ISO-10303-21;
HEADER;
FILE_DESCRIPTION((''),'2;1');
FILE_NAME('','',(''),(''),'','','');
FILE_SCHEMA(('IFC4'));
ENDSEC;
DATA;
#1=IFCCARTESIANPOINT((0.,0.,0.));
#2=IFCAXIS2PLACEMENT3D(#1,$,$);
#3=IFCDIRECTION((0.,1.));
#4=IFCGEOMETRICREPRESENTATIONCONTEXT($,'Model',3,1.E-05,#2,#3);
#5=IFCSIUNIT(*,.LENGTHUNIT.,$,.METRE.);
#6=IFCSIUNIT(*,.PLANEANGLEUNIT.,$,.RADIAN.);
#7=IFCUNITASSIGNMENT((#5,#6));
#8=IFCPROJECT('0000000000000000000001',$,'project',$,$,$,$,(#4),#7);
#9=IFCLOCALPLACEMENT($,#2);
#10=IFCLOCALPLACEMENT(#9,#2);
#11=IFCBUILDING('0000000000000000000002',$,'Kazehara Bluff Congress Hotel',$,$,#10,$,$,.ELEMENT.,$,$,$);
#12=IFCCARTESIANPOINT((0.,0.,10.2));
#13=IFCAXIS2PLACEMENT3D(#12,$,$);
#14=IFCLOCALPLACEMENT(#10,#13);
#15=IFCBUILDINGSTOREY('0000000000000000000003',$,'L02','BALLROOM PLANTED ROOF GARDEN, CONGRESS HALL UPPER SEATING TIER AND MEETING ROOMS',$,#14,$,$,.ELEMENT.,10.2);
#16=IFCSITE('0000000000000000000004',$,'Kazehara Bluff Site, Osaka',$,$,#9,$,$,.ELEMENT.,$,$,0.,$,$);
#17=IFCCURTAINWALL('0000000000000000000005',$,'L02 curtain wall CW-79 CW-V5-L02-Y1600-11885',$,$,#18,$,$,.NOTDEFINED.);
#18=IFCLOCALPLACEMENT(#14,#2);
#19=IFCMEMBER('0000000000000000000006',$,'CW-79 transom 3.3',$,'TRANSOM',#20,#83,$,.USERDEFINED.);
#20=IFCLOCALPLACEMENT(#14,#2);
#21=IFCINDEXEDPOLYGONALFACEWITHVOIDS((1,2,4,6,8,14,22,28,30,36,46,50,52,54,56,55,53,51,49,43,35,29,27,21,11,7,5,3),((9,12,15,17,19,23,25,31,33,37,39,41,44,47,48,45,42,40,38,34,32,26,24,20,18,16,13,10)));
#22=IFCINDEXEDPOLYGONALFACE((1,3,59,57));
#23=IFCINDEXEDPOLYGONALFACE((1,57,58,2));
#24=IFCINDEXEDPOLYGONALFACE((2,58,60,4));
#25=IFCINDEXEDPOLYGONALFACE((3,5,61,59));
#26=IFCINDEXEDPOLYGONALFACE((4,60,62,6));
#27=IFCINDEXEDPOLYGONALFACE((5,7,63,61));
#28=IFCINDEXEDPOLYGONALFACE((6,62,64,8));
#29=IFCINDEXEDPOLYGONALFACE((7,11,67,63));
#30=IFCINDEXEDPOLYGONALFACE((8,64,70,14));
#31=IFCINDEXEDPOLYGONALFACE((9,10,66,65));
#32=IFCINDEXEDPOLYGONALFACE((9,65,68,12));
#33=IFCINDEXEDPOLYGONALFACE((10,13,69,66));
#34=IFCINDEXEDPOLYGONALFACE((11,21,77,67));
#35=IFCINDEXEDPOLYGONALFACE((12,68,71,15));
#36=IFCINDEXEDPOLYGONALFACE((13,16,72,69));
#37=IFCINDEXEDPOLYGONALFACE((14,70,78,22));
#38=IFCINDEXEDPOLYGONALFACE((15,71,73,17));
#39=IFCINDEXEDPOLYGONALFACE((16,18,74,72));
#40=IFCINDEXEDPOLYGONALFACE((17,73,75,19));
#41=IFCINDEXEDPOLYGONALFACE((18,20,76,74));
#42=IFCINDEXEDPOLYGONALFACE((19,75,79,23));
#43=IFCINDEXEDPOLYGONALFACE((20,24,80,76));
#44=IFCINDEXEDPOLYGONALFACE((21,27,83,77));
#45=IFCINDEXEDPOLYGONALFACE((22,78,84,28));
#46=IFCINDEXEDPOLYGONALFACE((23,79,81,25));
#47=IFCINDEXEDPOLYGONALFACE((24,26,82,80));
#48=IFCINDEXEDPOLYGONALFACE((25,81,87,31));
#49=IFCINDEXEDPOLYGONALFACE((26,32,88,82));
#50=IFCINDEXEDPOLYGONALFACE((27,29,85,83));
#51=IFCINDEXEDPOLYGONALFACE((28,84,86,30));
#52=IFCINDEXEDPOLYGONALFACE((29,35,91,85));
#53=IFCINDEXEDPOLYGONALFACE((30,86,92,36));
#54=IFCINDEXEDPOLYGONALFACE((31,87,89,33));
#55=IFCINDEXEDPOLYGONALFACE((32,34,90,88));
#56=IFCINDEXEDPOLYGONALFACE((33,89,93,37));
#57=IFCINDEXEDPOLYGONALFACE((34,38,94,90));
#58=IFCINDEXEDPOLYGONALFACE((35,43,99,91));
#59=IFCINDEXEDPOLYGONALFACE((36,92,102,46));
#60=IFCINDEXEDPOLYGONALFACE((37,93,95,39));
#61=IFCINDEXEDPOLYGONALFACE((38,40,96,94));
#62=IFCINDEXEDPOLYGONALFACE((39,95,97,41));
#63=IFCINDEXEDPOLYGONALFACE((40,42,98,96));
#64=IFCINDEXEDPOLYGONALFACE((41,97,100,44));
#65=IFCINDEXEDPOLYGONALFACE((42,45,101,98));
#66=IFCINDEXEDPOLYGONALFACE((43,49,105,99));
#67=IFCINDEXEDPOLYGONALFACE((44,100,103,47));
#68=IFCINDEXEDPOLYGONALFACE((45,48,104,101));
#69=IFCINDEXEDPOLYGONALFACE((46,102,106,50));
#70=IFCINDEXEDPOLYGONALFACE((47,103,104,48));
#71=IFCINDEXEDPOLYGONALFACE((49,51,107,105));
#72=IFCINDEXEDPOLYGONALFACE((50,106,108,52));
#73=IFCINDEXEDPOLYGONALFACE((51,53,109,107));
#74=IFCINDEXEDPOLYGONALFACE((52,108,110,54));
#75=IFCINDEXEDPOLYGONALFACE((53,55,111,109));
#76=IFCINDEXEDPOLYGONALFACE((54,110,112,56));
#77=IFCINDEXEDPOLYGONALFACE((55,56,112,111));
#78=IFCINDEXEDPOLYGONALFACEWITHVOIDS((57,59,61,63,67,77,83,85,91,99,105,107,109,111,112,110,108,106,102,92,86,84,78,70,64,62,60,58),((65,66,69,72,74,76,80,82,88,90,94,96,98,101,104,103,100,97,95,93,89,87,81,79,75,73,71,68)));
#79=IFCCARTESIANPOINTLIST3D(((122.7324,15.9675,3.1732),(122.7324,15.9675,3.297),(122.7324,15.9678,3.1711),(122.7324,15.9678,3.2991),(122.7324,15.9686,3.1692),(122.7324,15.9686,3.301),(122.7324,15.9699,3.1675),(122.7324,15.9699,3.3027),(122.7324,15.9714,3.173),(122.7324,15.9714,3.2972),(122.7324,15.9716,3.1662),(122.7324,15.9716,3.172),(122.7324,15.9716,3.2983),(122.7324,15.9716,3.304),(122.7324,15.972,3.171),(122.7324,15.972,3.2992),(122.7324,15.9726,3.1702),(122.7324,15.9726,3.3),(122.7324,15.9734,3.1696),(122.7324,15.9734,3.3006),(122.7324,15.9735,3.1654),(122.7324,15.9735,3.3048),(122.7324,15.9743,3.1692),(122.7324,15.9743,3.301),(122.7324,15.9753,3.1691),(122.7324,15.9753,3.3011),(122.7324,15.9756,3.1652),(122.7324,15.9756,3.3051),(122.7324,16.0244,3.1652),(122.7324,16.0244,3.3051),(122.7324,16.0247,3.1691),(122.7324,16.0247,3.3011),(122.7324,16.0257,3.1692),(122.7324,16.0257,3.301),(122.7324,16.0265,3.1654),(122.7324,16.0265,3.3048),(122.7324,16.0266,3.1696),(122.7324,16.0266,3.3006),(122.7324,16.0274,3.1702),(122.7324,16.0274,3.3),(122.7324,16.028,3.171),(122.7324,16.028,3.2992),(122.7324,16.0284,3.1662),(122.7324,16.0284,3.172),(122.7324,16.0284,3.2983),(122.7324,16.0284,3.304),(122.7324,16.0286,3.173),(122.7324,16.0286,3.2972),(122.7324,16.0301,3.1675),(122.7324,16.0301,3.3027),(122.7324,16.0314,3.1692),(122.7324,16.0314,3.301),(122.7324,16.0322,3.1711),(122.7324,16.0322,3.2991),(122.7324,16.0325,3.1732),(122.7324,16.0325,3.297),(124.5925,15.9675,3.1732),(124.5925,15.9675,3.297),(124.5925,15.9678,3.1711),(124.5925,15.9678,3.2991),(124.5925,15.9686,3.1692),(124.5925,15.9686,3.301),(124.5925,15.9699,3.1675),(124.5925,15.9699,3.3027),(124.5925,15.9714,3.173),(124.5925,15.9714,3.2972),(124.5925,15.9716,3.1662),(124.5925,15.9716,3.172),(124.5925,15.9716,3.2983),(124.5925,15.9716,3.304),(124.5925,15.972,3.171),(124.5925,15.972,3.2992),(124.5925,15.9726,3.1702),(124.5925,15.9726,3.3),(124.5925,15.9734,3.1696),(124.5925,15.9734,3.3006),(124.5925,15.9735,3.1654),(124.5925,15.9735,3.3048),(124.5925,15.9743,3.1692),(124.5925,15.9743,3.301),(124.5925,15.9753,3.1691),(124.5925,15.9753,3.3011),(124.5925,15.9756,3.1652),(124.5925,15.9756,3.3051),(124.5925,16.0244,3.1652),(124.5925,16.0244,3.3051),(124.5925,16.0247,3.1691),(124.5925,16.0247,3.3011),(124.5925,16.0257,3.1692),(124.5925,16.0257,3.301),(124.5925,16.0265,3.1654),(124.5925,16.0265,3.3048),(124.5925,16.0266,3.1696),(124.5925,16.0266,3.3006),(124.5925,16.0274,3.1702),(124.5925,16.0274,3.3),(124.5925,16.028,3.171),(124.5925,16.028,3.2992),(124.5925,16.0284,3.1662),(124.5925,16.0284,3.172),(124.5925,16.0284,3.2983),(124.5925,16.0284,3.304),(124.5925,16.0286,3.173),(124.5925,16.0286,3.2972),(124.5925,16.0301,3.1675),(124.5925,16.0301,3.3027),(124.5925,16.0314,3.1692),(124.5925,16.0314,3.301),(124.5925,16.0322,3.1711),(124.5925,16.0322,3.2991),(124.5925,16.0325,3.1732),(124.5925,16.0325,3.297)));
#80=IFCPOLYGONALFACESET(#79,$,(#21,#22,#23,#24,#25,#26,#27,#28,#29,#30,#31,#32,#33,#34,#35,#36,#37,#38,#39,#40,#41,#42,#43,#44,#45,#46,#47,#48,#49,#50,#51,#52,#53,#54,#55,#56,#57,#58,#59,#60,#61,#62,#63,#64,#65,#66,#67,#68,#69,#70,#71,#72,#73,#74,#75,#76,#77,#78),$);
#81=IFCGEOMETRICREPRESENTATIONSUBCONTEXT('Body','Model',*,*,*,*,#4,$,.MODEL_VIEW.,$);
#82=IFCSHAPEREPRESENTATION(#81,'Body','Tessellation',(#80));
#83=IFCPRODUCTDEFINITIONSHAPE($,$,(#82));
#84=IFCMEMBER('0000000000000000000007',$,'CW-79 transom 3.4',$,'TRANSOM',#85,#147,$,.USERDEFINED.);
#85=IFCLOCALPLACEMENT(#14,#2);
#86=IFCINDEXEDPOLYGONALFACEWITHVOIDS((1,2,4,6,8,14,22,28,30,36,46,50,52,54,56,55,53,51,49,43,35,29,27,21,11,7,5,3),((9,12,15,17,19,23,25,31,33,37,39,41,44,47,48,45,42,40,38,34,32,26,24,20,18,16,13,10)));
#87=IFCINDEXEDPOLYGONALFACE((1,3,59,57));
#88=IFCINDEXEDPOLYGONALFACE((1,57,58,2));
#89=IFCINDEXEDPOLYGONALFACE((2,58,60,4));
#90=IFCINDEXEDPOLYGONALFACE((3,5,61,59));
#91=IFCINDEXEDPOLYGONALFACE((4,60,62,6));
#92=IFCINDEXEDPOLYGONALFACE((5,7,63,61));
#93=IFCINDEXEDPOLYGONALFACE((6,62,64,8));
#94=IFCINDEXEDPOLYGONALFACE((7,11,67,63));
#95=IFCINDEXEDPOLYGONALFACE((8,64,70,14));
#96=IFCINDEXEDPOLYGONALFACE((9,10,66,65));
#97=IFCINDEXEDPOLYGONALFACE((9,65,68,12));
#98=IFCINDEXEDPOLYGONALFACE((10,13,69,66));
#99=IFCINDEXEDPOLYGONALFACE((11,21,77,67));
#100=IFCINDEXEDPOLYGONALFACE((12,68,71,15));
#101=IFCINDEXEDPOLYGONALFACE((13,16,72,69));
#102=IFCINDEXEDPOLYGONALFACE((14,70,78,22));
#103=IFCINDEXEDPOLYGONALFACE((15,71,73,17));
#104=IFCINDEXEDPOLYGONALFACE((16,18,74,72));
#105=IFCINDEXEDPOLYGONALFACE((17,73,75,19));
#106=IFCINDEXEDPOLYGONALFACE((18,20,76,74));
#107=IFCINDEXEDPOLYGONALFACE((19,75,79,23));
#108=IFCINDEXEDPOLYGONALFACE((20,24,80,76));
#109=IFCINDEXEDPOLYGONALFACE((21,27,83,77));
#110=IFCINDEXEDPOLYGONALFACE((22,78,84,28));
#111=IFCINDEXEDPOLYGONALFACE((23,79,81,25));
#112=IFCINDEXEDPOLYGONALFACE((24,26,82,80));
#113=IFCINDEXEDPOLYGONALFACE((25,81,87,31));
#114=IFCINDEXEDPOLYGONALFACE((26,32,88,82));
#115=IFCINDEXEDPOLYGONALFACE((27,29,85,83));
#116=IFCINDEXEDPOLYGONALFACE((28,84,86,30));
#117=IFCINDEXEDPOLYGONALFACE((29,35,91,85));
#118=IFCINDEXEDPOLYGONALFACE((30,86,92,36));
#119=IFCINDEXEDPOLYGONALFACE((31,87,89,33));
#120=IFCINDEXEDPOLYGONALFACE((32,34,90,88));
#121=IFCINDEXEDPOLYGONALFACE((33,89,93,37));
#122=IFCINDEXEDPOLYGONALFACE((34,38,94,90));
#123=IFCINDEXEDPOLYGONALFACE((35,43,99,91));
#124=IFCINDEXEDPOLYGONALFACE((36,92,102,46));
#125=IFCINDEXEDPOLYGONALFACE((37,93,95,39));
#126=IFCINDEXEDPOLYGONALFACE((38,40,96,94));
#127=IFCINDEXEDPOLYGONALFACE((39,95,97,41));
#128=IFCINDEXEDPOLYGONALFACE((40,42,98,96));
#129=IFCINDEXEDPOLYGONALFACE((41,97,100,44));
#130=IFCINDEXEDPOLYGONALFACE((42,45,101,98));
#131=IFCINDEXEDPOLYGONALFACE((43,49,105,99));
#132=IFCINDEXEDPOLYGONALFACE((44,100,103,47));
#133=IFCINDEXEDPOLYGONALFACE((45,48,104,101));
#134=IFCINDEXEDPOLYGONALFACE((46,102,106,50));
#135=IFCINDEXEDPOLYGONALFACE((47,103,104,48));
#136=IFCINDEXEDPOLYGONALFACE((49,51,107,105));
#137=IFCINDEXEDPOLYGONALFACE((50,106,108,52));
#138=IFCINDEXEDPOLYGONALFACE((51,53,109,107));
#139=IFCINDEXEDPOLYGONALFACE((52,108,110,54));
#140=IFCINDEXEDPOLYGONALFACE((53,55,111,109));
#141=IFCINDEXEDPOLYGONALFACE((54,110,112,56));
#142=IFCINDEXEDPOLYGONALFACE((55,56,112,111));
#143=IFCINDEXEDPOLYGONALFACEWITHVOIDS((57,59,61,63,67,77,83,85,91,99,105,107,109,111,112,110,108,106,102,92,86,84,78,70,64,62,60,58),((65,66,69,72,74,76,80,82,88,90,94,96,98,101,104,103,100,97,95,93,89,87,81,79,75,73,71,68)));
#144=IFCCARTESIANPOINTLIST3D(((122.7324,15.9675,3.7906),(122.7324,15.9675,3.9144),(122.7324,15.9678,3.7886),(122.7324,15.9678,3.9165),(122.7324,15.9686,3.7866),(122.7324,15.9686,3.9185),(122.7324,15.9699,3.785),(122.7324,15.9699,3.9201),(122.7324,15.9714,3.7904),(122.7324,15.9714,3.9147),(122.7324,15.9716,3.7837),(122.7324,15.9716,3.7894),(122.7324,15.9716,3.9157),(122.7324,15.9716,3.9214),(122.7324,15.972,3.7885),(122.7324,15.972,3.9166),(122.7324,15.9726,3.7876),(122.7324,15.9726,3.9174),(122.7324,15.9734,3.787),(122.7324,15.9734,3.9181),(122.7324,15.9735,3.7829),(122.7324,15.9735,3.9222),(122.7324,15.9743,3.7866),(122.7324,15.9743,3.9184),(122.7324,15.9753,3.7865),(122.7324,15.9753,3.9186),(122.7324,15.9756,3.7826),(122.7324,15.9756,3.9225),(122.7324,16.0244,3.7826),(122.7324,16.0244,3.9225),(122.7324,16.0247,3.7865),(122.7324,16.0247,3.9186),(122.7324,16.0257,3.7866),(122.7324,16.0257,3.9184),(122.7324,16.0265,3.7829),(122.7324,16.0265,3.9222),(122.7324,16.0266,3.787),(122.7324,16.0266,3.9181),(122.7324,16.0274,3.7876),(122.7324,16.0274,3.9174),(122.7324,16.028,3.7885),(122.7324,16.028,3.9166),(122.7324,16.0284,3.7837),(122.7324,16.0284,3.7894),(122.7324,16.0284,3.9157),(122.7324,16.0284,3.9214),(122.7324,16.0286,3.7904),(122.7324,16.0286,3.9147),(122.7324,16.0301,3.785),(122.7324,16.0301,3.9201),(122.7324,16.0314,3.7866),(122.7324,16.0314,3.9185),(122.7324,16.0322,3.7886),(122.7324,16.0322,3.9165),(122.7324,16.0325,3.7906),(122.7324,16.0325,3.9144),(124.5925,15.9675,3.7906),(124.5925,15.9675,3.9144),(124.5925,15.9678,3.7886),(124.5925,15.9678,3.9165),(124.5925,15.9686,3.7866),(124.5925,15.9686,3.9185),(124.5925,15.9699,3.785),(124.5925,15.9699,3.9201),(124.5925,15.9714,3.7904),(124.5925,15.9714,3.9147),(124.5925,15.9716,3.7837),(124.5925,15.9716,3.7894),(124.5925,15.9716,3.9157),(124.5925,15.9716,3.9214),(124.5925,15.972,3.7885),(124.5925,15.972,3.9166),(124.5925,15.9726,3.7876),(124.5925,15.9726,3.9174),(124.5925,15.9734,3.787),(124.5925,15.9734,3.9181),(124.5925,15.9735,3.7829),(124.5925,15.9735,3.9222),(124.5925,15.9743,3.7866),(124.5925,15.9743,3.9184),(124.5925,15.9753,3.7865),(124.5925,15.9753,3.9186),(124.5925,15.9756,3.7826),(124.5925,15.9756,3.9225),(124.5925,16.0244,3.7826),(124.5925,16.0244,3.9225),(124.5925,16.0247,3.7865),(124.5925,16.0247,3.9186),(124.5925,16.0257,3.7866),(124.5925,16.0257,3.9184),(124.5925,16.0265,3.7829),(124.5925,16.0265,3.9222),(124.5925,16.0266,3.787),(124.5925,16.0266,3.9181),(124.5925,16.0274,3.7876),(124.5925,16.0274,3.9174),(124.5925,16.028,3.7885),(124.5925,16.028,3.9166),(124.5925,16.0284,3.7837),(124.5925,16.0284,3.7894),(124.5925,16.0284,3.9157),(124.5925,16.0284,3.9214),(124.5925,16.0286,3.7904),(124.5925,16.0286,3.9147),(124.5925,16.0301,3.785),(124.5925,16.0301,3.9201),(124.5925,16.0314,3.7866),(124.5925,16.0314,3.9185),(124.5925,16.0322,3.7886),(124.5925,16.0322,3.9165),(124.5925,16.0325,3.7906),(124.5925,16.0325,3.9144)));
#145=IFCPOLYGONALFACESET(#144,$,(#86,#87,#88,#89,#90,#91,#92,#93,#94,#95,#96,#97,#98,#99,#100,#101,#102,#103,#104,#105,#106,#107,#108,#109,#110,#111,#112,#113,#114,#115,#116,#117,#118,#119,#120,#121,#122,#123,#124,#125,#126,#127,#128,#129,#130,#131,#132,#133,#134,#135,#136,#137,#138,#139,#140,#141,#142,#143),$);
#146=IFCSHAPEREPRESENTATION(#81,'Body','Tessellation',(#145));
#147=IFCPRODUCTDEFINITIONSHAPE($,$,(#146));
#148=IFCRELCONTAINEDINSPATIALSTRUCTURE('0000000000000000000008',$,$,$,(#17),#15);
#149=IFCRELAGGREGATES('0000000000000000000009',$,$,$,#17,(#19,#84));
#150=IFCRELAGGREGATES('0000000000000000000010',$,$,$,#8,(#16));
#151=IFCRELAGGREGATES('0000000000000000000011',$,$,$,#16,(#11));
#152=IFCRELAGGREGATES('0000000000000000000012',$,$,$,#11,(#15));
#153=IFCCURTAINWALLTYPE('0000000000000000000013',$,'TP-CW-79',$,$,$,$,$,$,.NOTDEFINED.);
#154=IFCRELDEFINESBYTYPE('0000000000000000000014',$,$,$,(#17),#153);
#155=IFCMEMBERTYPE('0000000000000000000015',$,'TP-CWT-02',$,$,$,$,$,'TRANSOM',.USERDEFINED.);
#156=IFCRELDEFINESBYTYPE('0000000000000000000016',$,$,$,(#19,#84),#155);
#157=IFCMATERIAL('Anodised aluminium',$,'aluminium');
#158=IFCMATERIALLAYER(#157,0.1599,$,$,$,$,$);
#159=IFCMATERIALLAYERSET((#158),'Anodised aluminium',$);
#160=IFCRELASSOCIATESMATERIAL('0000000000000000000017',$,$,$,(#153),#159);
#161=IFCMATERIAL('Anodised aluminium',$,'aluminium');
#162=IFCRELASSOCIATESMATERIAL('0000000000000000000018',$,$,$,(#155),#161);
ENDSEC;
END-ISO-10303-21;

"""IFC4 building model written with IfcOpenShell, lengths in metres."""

from ifc_helpers import new_model, si_unit, direction, frame, origin, origin_2d, place, context, subcontext, project, spatial, hollow_rectangle, extrude, material, layer, layer_set, material_profile, profile_set, type_object, element, aggregate, save


model = new_model("IFC4")

# Units and contexts
model_context = context("Model", 3, precision=1e-05, world=origin(), true_north=direction((0.0, 1.0)))
body_context = subcontext(model_context, "Body", "Model", "MODEL_VIEW")
ifc_project = project(units=[si_unit("LENGTHUNIT", "METRE"), si_unit("PLANEANGLEUNIT", "RADIAN")], contexts=[model_context])

# Site, building, storey
site_placement = place(None, origin())
site = spatial("IfcSite", under=ifc_project, at=site_placement, Name="Kazehara Bluff Site, Osaka", CompositionType="ELEMENT", RefElevation=0.0)
building_placement = place(site_placement, origin())
building = spatial("IfcBuilding", under=site, at=building_placement, Name="Kazehara Bluff Congress Hotel", CompositionType="ELEMENT")
storey_placement = place(building_placement, frame((0.0, 0.0, 10.2)))
storey = spatial("IfcBuildingStorey", under=building, at=storey_placement, Name="L02", Description="BALLROOM PLANTED ROOF GARDEN, CONGRESS HALL UPPER SEATING TIER AND MEETING ROOMS", CompositionType="ELEMENT", Elevation=10.2)

# Curtain wall
ifc_material_1 = material(Name="Anodised aluminium", Category="aluminium")
ifc_layer_1 = layer(ifc_material_1, 0.1599)
ifc_layer_set_1 = layer_set([ifc_layer_1], Name="Anodised aluminium")
curtain_wall_type = type_object("IfcCurtainWallType", Name="TP-CW-79", PredefinedType="NOTDEFINED", material=ifc_layer_set_1)
curtain_wall_1_placement = place(storey_placement, origin())
curtain_wall_1 = element("IfcCurtainWall", 1, at=curtain_wall_1_placement, inside=storey, type_object=curtain_wall_type, Name="L02 curtain wall CW-79 CW-V5-L02-Y1600-11885", PredefinedType="NOTDEFINED")

# Members
ifc_material_2 = material(Name="Anodised aluminium", Category="aluminium")
ifc_material_profile_1 = material_profile(ifc_material_2, hollow_rectangle(XDim=0.0649, YDim=0.1399, WallThickness=0.0039, InnerFilletRadius=0.0039, OuterFilletRadius=0.0081, at=origin_2d()))
ifc_profile_set_1 = profile_set([ifc_material_profile_1], Name="Anodised aluminium")
member_type_1 = type_object("IfcMemberType", Name="TP-CWT-02", ElementType="TRANSOM", PredefinedType="USERDEFINED", material=ifc_profile_set_1)
member_1_placement = place(storey_placement, frame((122.7324, 16.0, 3.2351), z_axis=(1.0, 0.0, 0.0), x_axis=(0.0, 1.0, 0.0)))
member_1 = element("IfcMember", 2, at=member_1_placement, type_object=member_type_1, Name="CW-79 transom 3.3", ObjectType="TRANSOM", PredefinedType="USERDEFINED", context=body_context, shape_type="SweptSolid", body=[
    extrude(hollow_rectangle(XDim=0.0649, YDim=0.1399, WallThickness=0.0039, InnerFilletRadius=0.0039, OuterFilletRadius=0.0081, at=origin_2d()), origin(), (0.0, 0.0, 1.0), 1.8601),
])
member_2_placement = place(storey_placement, frame((122.7324, 16.0, 3.8525), z_axis=(1.0, 0.0, 0.0), x_axis=(0.0, 1.0, 0.0)))
member_2 = element("IfcMember", 3, at=member_2_placement, type_object=member_type_1, Name="CW-79 transom 3.4", ObjectType="TRANSOM", PredefinedType="USERDEFINED", context=body_context, shape_type="SweptSolid", body=[
    extrude(hollow_rectangle(XDim=0.0649, YDim=0.1399, WallThickness=0.0039, InnerFilletRadius=0.0039, OuterFilletRadius=0.0081, at=origin_2d()), origin(), (0.0, 0.0, 1.0), 1.8601),
])

aggregate(curtain_wall_1, [member_1, member_2])

save(model, "model.ifc")
